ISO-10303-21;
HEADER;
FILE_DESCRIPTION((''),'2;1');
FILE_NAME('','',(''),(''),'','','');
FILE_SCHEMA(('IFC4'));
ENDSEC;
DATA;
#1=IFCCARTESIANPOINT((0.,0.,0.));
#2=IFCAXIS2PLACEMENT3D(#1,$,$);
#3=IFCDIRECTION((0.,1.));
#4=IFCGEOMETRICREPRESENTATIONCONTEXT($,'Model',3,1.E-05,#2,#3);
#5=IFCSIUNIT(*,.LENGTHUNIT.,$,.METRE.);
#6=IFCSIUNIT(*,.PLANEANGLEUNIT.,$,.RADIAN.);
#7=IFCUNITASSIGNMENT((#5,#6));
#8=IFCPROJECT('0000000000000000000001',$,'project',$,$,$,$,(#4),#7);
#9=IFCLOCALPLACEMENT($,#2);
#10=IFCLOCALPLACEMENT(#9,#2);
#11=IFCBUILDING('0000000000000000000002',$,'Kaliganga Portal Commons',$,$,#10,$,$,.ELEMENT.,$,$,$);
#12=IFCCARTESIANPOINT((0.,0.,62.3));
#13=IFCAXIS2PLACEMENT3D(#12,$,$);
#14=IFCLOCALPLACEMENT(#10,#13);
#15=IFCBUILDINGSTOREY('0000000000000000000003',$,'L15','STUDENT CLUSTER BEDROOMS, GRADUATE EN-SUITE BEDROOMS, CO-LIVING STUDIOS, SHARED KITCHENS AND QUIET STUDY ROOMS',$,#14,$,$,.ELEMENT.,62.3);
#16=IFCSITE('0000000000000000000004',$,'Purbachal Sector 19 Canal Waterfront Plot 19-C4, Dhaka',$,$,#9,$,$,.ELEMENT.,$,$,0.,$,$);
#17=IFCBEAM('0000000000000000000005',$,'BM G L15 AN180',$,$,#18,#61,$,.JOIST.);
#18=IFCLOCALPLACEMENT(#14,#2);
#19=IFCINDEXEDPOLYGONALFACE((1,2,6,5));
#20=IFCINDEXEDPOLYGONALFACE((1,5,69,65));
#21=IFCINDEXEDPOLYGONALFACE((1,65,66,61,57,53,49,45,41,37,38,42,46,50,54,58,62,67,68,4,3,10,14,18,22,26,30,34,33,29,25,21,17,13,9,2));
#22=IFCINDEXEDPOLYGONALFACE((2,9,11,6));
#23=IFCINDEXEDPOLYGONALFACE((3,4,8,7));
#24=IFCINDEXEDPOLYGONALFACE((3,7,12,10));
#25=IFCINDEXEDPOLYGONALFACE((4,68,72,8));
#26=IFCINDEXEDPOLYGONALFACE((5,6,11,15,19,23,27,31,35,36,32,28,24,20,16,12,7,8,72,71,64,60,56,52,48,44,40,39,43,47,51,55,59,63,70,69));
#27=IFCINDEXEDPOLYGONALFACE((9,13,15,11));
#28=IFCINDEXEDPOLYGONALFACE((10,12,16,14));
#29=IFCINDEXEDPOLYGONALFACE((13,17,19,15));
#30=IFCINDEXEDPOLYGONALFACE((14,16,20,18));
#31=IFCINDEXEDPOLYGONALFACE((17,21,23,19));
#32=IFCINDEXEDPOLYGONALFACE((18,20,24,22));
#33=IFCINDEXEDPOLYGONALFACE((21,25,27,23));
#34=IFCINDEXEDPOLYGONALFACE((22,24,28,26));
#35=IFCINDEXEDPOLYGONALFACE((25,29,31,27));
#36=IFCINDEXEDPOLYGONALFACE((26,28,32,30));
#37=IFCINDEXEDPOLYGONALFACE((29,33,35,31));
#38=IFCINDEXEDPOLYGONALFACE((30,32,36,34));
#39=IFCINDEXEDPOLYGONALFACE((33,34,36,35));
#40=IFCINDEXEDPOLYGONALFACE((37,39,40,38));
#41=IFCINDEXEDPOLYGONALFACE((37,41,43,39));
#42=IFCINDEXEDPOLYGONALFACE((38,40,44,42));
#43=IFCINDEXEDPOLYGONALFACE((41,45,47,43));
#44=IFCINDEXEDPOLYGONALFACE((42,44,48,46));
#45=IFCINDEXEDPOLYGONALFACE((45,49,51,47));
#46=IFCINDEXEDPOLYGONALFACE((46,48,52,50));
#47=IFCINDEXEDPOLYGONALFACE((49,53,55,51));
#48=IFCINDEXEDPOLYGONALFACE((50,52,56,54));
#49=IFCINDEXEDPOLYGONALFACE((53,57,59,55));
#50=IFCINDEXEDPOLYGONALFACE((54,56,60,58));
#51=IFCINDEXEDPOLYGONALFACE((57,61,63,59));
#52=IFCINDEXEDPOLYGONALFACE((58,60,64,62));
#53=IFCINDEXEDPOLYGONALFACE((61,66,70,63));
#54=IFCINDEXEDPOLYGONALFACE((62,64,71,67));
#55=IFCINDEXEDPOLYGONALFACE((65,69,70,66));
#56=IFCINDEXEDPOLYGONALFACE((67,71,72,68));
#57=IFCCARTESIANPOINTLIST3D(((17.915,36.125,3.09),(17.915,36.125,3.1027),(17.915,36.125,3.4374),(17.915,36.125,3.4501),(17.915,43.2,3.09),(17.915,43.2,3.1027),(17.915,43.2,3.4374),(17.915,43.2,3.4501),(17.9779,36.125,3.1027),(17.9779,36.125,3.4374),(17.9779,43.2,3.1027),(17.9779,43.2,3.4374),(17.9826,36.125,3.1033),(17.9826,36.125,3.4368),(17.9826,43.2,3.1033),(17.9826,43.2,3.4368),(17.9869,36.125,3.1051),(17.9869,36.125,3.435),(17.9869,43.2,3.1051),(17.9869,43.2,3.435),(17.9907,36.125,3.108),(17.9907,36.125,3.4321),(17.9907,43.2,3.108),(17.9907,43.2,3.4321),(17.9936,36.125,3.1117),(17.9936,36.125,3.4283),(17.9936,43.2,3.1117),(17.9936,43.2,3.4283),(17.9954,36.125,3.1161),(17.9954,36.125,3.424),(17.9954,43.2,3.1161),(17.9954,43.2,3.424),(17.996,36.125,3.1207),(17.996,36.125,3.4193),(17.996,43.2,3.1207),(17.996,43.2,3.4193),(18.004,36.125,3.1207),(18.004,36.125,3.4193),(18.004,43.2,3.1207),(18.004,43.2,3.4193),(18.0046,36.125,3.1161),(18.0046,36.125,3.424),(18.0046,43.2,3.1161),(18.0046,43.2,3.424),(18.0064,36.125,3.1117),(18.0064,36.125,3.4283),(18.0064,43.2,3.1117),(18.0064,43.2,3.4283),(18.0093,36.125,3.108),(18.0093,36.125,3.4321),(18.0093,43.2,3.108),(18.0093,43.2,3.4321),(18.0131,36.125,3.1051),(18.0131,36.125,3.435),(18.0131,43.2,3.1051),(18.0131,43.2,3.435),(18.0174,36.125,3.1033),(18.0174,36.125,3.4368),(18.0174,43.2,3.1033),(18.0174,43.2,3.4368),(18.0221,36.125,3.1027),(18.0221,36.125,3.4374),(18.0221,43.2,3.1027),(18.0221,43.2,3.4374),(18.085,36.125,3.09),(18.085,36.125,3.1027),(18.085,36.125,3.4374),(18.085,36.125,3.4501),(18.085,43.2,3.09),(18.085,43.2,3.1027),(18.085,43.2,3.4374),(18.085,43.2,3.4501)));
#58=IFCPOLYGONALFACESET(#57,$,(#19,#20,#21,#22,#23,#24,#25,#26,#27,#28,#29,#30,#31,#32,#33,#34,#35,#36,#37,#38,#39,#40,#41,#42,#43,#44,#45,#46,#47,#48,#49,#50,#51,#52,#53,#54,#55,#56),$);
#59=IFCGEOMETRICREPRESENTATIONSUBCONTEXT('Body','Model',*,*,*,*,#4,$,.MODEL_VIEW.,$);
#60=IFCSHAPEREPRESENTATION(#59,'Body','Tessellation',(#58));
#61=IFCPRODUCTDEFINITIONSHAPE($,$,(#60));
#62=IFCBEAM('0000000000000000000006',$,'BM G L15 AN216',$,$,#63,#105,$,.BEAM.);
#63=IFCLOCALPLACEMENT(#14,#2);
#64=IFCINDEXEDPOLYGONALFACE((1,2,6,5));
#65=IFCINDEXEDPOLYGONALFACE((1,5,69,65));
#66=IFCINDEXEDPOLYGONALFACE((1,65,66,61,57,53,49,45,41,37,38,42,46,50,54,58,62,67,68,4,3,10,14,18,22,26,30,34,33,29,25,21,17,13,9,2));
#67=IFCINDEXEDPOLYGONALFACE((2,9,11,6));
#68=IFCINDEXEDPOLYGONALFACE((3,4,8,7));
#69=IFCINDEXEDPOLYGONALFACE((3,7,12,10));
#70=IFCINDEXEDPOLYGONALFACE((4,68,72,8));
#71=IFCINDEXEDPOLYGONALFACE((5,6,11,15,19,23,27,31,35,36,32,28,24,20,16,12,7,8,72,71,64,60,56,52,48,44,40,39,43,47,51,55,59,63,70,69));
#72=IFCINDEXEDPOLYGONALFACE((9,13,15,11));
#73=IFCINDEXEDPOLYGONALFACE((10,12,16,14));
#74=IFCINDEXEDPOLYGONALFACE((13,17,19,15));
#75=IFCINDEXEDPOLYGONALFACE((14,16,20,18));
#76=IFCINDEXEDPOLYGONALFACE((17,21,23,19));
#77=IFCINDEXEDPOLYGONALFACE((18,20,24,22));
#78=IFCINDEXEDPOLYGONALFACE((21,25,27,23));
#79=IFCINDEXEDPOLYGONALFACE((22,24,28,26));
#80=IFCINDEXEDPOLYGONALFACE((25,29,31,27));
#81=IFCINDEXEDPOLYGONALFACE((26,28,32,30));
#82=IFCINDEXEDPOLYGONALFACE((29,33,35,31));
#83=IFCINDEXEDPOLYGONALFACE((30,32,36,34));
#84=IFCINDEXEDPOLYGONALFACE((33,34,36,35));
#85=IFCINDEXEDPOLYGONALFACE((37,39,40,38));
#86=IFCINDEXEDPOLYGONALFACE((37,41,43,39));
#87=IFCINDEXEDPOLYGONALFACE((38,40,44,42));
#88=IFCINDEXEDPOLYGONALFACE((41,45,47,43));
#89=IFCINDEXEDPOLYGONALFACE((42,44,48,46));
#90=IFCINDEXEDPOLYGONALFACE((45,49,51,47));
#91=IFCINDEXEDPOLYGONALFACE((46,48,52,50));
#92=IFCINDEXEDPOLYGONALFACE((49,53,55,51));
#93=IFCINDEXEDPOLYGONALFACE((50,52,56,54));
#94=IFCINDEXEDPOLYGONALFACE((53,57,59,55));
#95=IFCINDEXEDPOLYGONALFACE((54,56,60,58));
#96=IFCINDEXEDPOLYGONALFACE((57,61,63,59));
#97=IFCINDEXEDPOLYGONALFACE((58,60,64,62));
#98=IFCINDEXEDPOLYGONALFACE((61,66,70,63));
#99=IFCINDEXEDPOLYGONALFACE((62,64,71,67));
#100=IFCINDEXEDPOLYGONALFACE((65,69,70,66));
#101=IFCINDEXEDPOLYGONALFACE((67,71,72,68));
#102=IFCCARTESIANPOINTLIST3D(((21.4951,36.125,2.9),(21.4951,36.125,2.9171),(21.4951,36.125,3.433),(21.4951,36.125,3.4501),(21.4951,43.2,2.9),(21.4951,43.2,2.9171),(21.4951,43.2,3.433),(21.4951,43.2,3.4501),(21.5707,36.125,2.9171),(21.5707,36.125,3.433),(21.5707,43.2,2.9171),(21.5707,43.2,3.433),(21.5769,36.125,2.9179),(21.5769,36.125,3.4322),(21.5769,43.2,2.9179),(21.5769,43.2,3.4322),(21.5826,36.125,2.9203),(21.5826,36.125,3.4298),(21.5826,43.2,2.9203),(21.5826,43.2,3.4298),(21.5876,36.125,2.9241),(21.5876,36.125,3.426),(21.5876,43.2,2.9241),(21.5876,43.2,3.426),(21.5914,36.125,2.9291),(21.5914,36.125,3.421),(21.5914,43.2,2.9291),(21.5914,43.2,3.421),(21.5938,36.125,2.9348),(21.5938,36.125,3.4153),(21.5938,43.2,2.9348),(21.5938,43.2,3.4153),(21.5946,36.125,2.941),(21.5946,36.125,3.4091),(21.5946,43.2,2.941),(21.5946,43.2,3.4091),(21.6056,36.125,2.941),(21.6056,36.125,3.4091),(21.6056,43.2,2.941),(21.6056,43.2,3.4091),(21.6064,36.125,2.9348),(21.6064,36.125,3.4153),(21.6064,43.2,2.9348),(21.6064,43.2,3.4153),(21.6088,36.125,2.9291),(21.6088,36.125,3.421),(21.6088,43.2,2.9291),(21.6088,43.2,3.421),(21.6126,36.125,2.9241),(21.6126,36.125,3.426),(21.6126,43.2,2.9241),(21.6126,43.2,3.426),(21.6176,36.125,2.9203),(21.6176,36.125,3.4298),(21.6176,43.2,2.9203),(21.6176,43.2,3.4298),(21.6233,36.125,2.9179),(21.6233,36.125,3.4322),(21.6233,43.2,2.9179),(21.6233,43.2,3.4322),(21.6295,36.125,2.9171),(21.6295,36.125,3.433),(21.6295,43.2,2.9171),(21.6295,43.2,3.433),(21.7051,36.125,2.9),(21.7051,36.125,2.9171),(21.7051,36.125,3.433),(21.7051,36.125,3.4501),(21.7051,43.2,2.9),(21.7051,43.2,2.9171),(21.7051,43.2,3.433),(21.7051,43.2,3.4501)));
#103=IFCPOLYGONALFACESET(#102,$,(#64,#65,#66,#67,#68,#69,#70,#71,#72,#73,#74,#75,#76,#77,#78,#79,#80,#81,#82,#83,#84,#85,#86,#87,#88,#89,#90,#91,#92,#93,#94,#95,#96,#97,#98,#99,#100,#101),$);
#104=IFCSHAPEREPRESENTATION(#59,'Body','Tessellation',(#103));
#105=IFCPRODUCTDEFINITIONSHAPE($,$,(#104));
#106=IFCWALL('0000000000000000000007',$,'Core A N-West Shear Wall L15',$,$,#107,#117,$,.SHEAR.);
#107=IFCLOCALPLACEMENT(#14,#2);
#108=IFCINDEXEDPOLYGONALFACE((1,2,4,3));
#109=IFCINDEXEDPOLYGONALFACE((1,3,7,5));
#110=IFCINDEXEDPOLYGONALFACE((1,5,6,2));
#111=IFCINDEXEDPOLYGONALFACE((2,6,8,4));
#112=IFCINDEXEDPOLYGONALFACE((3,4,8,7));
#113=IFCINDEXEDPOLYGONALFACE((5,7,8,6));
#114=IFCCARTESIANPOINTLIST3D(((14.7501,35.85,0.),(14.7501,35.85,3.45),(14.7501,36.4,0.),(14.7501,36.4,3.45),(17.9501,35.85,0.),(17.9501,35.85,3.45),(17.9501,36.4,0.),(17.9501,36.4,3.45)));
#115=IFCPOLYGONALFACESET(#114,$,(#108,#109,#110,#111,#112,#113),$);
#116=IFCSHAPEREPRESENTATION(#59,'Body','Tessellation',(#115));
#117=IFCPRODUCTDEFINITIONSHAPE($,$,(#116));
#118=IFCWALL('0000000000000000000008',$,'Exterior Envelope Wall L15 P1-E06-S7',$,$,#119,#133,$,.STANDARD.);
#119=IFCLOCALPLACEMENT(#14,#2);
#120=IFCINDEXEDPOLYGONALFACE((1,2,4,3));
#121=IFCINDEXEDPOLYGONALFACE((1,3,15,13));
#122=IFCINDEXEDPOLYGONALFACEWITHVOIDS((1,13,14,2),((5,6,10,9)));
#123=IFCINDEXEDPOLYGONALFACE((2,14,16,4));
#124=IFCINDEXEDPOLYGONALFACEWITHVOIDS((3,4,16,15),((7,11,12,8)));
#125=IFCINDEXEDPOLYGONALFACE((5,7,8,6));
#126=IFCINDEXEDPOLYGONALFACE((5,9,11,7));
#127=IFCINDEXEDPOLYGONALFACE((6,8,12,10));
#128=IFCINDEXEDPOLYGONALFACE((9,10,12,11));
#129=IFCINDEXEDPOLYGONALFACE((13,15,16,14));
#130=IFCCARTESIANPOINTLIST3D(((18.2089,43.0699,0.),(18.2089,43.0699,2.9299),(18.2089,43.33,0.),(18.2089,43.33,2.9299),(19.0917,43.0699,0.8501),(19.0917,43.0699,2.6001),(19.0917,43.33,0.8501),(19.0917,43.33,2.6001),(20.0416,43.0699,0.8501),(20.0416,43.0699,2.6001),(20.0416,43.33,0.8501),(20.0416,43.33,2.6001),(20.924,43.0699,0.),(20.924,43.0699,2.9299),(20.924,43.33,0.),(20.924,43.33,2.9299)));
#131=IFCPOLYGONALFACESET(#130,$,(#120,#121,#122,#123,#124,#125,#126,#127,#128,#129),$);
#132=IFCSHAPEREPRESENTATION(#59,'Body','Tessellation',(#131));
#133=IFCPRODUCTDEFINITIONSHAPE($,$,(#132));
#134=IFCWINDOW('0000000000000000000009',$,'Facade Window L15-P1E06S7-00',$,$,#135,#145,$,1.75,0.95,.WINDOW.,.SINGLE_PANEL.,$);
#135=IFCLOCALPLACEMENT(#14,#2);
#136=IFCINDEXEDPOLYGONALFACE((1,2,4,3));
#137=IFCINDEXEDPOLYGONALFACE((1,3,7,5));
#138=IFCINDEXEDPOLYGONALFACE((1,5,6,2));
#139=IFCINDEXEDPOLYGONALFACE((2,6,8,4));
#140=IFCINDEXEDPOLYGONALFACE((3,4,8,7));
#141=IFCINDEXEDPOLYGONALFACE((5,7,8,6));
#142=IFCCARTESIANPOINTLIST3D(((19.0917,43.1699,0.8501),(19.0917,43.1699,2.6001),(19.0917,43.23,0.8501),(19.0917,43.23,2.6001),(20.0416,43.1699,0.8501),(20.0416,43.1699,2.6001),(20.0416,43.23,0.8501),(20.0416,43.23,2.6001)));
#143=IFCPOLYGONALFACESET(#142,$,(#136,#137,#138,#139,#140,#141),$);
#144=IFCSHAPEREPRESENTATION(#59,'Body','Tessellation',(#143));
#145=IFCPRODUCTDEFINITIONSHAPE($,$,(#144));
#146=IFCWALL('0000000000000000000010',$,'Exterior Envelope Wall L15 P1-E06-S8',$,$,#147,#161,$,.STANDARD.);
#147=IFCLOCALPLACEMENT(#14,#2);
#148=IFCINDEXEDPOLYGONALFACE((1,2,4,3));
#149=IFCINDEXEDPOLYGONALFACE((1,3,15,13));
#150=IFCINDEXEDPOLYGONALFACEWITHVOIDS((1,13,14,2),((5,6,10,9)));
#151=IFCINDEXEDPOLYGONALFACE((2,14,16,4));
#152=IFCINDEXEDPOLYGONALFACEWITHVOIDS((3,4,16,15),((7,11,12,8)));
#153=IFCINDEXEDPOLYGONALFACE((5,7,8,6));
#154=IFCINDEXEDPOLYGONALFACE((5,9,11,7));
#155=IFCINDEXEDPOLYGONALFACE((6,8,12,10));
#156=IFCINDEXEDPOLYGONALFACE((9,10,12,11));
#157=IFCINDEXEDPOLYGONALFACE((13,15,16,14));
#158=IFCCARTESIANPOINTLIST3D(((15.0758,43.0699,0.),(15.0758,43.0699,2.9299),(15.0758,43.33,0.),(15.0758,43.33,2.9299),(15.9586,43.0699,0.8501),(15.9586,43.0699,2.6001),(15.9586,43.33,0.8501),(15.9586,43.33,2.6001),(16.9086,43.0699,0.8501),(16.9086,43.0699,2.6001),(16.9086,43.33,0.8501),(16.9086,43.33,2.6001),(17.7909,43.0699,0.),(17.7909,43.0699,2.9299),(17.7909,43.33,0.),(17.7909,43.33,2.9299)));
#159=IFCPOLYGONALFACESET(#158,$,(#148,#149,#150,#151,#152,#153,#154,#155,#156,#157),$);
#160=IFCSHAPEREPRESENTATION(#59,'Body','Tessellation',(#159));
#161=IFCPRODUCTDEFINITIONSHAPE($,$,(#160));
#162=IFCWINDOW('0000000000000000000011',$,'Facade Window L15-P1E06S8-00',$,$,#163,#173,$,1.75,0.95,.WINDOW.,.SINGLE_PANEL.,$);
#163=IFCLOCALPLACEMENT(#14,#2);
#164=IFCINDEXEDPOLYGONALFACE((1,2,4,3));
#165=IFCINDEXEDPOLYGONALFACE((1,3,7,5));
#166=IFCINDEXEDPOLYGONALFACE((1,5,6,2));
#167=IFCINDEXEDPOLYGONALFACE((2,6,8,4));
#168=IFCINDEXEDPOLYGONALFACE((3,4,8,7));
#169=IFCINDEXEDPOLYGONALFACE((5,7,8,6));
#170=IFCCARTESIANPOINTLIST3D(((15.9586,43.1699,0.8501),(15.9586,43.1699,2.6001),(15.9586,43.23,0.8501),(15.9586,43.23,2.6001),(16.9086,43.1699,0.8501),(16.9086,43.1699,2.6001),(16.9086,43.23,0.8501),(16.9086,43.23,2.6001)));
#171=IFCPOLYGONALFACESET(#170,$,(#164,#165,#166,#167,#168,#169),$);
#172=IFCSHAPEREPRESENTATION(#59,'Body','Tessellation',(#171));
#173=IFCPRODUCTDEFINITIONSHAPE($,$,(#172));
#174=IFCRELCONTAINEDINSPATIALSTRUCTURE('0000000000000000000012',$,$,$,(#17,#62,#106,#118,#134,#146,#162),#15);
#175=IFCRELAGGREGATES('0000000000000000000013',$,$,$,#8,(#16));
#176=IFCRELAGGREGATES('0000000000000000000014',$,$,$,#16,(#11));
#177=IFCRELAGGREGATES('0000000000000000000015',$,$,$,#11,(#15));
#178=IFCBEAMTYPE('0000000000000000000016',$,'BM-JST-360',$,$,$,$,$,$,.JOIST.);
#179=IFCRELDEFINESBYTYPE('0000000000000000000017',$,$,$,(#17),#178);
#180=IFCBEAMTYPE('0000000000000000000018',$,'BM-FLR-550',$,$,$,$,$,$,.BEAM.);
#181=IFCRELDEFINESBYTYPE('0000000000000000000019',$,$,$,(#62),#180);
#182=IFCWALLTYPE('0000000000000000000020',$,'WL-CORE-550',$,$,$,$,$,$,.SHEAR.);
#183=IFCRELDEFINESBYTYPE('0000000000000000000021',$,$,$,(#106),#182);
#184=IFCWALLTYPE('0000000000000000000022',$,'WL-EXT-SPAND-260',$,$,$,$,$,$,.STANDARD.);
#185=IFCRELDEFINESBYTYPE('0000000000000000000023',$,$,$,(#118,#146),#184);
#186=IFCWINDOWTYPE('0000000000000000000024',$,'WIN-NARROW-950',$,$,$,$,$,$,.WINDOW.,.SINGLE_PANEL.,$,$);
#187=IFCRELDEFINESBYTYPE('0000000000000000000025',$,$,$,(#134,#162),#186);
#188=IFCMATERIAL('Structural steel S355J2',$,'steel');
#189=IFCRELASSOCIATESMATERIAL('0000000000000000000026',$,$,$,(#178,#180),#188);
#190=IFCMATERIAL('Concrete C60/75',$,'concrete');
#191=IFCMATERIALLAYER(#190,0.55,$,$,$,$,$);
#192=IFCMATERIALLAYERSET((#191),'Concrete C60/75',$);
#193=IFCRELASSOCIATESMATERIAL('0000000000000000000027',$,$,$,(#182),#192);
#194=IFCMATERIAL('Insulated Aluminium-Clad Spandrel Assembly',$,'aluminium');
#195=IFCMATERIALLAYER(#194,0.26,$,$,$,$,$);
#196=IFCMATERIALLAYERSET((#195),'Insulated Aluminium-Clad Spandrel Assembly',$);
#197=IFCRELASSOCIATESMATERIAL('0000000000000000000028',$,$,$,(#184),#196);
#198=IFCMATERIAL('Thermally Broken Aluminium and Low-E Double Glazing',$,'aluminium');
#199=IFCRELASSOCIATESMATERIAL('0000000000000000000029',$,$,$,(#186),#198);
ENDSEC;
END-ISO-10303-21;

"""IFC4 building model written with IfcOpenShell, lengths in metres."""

from ifc_helpers import new_model, si_unit, direction, frame, frame_2d, origin, origin_2d, place, context, subcontext, project, spatial, rectangle, i_section, extrude, source, transform, mapped, material, layer, layer_set, material_profile, profile_set, type_object, element, fill, save


model = new_model("IFC4")

# Units and contexts
model_context = context("Model", 3, precision=1e-05, world=origin(), true_north=direction((0.0, 1.0)))
body_context = subcontext(model_context, "Body", "Model", "MODEL_VIEW")
ifc_project = project(units=[si_unit("LENGTHUNIT", "METRE"), si_unit("PLANEANGLEUNIT", "RADIAN")], contexts=[model_context])

# Site, building, storey
site_placement = place(None, origin())
site = spatial("IfcSite", under=ifc_project, at=site_placement, Name="Purbachal Sector 19 Canal Waterfront Plot 19-C4, Dhaka", CompositionType="ELEMENT", RefElevation=0.0)
building_placement = place(site_placement, origin())
building = spatial("IfcBuilding", under=site, at=building_placement, Name="Kaliganga Portal Commons", CompositionType="ELEMENT")
storey_placement = place(building_placement, frame((0.0, 0.0, 62.3)))
storey = spatial("IfcBuildingStorey", under=building, at=storey_placement, Name="L15", Description="STUDENT CLUSTER BEDROOMS, GRADUATE EN-SUITE BEDROOMS, CO-LIVING STUDIOS, SHARED KITCHENS AND QUIET STUDY ROOMS", CompositionType="ELEMENT", Elevation=62.3)

# Beams
ifc_material_1 = material(Name="Concrete C60/75", Category="concrete")
ifc_material_2 = material(Name="Structural steel S355J2", Category="steel")
ifc_material_profile_1 = material_profile(ifc_material_2, i_section(OverallWidth=0.1699, OverallDepth=0.3601, WebThickness=0.0081, FlangeThickness=0.0127, FilletRadius=0.0181, at=origin_2d()), Name="IPE 360")
ifc_profile_set_1 = profile_set([ifc_material_profile_1], Name="Structural steel S355J2 wide-flange")
beam_type_1 = type_object("IfcBeamType", Name="BM-JST-360", PredefinedType="JOIST", material=ifc_profile_set_1)
shared_shape_1 = source(origin(), body_context, "Body", "SweptSolid", [
    extrude(i_section(OverallWidth=0.1699, OverallDepth=0.3601, WebThickness=0.0081, FlangeThickness=0.0127, FilletRadius=0.0181, at=origin_2d()), origin(), (0.0, 0.0, 1.0), 7.075),
])
beam_1_placement = place(storey_placement, frame((18.0, 36.125, 3.27), z_axis=(0.0, 1.0, 0.0), x_axis=(-1.0, 0.0, 0.0)))
element("IfcBeam", 1, at=beam_1_placement, inside=storey, type_object=beam_type_1, Name="BM G L15 AN180", PredefinedType="JOIST", context=body_context, shape_type="MappedRepresentation", body=[
    mapped(shared_shape_1, transform((0.0, 0.0, 0.0), x_axis=(1.0, 0.0, 0.0), y_axis=(0.0, 1.0, 0.0), z_axis=(0.0, 0.0, 1.0), scale=1.0)),
])
ifc_material_profile_2 = material_profile(ifc_material_2, i_section(OverallWidth=0.21, OverallDepth=0.55, WebThickness=0.011, FlangeThickness=0.0171, FilletRadius=0.0239, at=origin_2d()), Name="IPE 550")
ifc_profile_set_2 = profile_set([ifc_material_profile_2], Name="Structural steel S355J2 wide-flange")
beam_type_2 = type_object("IfcBeamType", Name="BM-FLR-550", PredefinedType="BEAM", material=ifc_profile_set_2)
shared_shape_2 = source(origin(), body_context, "Body", "SweptSolid", [
    extrude(i_section(OverallWidth=0.21, OverallDepth=0.55, WebThickness=0.011, FlangeThickness=0.0171, FilletRadius=0.0239, at=origin_2d()), origin(), (0.0, 0.0, 1.0), 7.075),
])
beam_2_placement = place(storey_placement, frame((21.6001, 36.125, 3.175), z_axis=(0.0, 1.0, 0.0), x_axis=(-1.0, 0.0, 0.0)))
element("IfcBeam", 2, at=beam_2_placement, inside=storey, type_object=beam_type_2, Name="BM G L15 AN216", PredefinedType="BEAM", context=body_context, shape_type="MappedRepresentation", body=[
    mapped(shared_shape_2, transform((0.0, 0.0, 0.0), x_axis=(1.0, 0.0, 0.0), y_axis=(0.0, 1.0, 0.0), z_axis=(0.0, 0.0, 1.0), scale=1.0)),
])

# Wall
ifc_layer_1 = layer(ifc_material_1, 0.55)
ifc_layer_set_1 = layer_set([ifc_layer_1], Name="Concrete C60/75")
wall_type_1 = type_object("IfcWallType", Name="WL-CORE-550", PredefinedType="SHEAR", material=ifc_layer_set_1)
wall_1_placement = place(storey_placement, frame((14.75, 36.125, 0.0), z_axis=(0.0, 0.0, 1.0), x_axis=(1.0, 0.0, 0.0)))
element("IfcWall", 3, at=wall_1_placement, inside=storey, type_object=wall_type_1, Name="Core A N-West Shear Wall L15", PredefinedType="SHEAR", context=body_context, shape_type="SweptSolid", body=[
    extrude(rectangle(XDim=3.2, YDim=0.55, at=frame_2d((1.6001, 0.0))), origin(), (0.0, 0.0, 1.0), 3.45),
])

# Walls, openings, windows
ifc_material_3 = material(Name="Insulated Aluminium-Clad Spandrel Assembly", Category="aluminium")
ifc_layer_2 = layer(ifc_material_3, 0.26)
ifc_layer_set_2 = layer_set([ifc_layer_2], Name="Insulated Aluminium-Clad Spandrel Assembly")
wall_type_2 = type_object("IfcWallType", Name="WL-EXT-SPAND-260", PredefinedType="STANDARD", material=ifc_layer_set_2)
wall_2_placement = place(storey_placement, frame((18.209, 43.2, 0.0), z_axis=(0.0, 0.0, 1.0), x_axis=(1.0, 0.0, 0.0)))
wall_2 = element("IfcWall", 4, at=wall_2_placement, inside=storey, type_object=wall_type_2, Name="Exterior Envelope Wall L15 P1-E06-S7", PredefinedType="STANDARD", context=body_context, shape_type="SweptSolid", body=[
    extrude(rectangle(XDim=2.7151, YDim=0.26, at=frame_2d((1.3574, 0.0))), origin(), (0.0, 0.0, 1.0), 2.9299),
])
opening_1_placement = place(wall_2_placement, frame((0.8826, 0.0, 0.8501)))
opening_1 = element("IfcOpeningElement", 5, at=opening_1_placement, cuts=wall_2, PredefinedType="OPENING", context=body_context, shape_type="SweptSolid", body=[
    extrude(rectangle(XDim=0.95, YDim=1.75, at=frame_2d((0.4751, 0.875))), frame((0.0, 0.1401, 0.0), z_axis=(0.0, -1.0, 0.0), x_axis=(1.0, 0.0, 0.0)), (0.0, 0.0, 1.0), 0.28),
])
ifc_material_4 = material(Name="Thermally Broken Aluminium and Low-E Double Glazing", Category="aluminium")
window_type = type_object("IfcWindowType", Name="WIN-NARROW-950", PartitioningType="SINGLE_PANEL", PredefinedType="WINDOW", material=ifc_material_4)
window_1_placement = place(opening_1_placement, origin())
window_1 = element("IfcWindow", 6, at=window_1_placement, inside=storey, type_object=window_type, Name="Facade Window L15-P1E06S7-00", OverallHeight=1.75, OverallWidth=0.95, PartitioningType="SINGLE_PANEL", PredefinedType="WINDOW", context=body_context, shape_type="SweptSolid", body=[
    extrude(rectangle(XDim=0.95, YDim=1.75, at=frame_2d((0.4751, 0.875))), frame((0.0, 0.03, 0.0), z_axis=(0.0, -1.0, 0.0), x_axis=(1.0, 0.0, 0.0)), (0.0, 0.0, 1.0), 0.0601),
])
fill(opening_1, window_1)
wall_3_placement = place(storey_placement, frame((15.0759, 43.2, 0.0), z_axis=(0.0, 0.0, 1.0), x_axis=(1.0, 0.0, 0.0)))
wall_3 = element("IfcWall", 7, at=wall_3_placement, inside=storey, type_object=wall_type_2, Name="Exterior Envelope Wall L15 P1-E06-S8", PredefinedType="STANDARD", context=body_context, shape_type="SweptSolid", body=[
    extrude(rectangle(XDim=2.7151, YDim=0.26, at=frame_2d((1.3574, 0.0))), origin(), (0.0, 0.0, 1.0), 2.9299),
])
opening_2_placement = place(wall_3_placement, frame((0.8826, 0.0, 0.8501)))
opening_2 = element("IfcOpeningElement", 8, at=opening_2_placement, cuts=wall_3, PredefinedType="OPENING", context=body_context, shape_type="SweptSolid", body=[
    extrude(rectangle(XDim=0.95, YDim=1.75, at=frame_2d((0.4751, 0.875))), frame((0.0, 0.1401, 0.0), z_axis=(0.0, -1.0, 0.0), x_axis=(1.0, 0.0, 0.0)), (0.0, 0.0, 1.0), 0.28),
])
window_2_placement = place(opening_2_placement, origin())
window_2 = element("IfcWindow", 9, at=window_2_placement, inside=storey, type_object=window_type, Name="Facade Window L15-P1E06S8-00", OverallHeight=1.75, OverallWidth=0.95, PartitioningType="SINGLE_PANEL", PredefinedType="WINDOW", context=body_context, shape_type="SweptSolid", body=[
    extrude(rectangle(XDim=0.95, YDim=1.75, at=frame_2d((0.4751, 0.875))), frame((0.0, 0.03, 0.0), z_axis=(0.0, -1.0, 0.0), x_axis=(1.0, 0.0, 0.0)), (0.0, 0.0, 1.0), 0.0601),
])
fill(opening_2, window_2)

save(model, "model.ifc")
